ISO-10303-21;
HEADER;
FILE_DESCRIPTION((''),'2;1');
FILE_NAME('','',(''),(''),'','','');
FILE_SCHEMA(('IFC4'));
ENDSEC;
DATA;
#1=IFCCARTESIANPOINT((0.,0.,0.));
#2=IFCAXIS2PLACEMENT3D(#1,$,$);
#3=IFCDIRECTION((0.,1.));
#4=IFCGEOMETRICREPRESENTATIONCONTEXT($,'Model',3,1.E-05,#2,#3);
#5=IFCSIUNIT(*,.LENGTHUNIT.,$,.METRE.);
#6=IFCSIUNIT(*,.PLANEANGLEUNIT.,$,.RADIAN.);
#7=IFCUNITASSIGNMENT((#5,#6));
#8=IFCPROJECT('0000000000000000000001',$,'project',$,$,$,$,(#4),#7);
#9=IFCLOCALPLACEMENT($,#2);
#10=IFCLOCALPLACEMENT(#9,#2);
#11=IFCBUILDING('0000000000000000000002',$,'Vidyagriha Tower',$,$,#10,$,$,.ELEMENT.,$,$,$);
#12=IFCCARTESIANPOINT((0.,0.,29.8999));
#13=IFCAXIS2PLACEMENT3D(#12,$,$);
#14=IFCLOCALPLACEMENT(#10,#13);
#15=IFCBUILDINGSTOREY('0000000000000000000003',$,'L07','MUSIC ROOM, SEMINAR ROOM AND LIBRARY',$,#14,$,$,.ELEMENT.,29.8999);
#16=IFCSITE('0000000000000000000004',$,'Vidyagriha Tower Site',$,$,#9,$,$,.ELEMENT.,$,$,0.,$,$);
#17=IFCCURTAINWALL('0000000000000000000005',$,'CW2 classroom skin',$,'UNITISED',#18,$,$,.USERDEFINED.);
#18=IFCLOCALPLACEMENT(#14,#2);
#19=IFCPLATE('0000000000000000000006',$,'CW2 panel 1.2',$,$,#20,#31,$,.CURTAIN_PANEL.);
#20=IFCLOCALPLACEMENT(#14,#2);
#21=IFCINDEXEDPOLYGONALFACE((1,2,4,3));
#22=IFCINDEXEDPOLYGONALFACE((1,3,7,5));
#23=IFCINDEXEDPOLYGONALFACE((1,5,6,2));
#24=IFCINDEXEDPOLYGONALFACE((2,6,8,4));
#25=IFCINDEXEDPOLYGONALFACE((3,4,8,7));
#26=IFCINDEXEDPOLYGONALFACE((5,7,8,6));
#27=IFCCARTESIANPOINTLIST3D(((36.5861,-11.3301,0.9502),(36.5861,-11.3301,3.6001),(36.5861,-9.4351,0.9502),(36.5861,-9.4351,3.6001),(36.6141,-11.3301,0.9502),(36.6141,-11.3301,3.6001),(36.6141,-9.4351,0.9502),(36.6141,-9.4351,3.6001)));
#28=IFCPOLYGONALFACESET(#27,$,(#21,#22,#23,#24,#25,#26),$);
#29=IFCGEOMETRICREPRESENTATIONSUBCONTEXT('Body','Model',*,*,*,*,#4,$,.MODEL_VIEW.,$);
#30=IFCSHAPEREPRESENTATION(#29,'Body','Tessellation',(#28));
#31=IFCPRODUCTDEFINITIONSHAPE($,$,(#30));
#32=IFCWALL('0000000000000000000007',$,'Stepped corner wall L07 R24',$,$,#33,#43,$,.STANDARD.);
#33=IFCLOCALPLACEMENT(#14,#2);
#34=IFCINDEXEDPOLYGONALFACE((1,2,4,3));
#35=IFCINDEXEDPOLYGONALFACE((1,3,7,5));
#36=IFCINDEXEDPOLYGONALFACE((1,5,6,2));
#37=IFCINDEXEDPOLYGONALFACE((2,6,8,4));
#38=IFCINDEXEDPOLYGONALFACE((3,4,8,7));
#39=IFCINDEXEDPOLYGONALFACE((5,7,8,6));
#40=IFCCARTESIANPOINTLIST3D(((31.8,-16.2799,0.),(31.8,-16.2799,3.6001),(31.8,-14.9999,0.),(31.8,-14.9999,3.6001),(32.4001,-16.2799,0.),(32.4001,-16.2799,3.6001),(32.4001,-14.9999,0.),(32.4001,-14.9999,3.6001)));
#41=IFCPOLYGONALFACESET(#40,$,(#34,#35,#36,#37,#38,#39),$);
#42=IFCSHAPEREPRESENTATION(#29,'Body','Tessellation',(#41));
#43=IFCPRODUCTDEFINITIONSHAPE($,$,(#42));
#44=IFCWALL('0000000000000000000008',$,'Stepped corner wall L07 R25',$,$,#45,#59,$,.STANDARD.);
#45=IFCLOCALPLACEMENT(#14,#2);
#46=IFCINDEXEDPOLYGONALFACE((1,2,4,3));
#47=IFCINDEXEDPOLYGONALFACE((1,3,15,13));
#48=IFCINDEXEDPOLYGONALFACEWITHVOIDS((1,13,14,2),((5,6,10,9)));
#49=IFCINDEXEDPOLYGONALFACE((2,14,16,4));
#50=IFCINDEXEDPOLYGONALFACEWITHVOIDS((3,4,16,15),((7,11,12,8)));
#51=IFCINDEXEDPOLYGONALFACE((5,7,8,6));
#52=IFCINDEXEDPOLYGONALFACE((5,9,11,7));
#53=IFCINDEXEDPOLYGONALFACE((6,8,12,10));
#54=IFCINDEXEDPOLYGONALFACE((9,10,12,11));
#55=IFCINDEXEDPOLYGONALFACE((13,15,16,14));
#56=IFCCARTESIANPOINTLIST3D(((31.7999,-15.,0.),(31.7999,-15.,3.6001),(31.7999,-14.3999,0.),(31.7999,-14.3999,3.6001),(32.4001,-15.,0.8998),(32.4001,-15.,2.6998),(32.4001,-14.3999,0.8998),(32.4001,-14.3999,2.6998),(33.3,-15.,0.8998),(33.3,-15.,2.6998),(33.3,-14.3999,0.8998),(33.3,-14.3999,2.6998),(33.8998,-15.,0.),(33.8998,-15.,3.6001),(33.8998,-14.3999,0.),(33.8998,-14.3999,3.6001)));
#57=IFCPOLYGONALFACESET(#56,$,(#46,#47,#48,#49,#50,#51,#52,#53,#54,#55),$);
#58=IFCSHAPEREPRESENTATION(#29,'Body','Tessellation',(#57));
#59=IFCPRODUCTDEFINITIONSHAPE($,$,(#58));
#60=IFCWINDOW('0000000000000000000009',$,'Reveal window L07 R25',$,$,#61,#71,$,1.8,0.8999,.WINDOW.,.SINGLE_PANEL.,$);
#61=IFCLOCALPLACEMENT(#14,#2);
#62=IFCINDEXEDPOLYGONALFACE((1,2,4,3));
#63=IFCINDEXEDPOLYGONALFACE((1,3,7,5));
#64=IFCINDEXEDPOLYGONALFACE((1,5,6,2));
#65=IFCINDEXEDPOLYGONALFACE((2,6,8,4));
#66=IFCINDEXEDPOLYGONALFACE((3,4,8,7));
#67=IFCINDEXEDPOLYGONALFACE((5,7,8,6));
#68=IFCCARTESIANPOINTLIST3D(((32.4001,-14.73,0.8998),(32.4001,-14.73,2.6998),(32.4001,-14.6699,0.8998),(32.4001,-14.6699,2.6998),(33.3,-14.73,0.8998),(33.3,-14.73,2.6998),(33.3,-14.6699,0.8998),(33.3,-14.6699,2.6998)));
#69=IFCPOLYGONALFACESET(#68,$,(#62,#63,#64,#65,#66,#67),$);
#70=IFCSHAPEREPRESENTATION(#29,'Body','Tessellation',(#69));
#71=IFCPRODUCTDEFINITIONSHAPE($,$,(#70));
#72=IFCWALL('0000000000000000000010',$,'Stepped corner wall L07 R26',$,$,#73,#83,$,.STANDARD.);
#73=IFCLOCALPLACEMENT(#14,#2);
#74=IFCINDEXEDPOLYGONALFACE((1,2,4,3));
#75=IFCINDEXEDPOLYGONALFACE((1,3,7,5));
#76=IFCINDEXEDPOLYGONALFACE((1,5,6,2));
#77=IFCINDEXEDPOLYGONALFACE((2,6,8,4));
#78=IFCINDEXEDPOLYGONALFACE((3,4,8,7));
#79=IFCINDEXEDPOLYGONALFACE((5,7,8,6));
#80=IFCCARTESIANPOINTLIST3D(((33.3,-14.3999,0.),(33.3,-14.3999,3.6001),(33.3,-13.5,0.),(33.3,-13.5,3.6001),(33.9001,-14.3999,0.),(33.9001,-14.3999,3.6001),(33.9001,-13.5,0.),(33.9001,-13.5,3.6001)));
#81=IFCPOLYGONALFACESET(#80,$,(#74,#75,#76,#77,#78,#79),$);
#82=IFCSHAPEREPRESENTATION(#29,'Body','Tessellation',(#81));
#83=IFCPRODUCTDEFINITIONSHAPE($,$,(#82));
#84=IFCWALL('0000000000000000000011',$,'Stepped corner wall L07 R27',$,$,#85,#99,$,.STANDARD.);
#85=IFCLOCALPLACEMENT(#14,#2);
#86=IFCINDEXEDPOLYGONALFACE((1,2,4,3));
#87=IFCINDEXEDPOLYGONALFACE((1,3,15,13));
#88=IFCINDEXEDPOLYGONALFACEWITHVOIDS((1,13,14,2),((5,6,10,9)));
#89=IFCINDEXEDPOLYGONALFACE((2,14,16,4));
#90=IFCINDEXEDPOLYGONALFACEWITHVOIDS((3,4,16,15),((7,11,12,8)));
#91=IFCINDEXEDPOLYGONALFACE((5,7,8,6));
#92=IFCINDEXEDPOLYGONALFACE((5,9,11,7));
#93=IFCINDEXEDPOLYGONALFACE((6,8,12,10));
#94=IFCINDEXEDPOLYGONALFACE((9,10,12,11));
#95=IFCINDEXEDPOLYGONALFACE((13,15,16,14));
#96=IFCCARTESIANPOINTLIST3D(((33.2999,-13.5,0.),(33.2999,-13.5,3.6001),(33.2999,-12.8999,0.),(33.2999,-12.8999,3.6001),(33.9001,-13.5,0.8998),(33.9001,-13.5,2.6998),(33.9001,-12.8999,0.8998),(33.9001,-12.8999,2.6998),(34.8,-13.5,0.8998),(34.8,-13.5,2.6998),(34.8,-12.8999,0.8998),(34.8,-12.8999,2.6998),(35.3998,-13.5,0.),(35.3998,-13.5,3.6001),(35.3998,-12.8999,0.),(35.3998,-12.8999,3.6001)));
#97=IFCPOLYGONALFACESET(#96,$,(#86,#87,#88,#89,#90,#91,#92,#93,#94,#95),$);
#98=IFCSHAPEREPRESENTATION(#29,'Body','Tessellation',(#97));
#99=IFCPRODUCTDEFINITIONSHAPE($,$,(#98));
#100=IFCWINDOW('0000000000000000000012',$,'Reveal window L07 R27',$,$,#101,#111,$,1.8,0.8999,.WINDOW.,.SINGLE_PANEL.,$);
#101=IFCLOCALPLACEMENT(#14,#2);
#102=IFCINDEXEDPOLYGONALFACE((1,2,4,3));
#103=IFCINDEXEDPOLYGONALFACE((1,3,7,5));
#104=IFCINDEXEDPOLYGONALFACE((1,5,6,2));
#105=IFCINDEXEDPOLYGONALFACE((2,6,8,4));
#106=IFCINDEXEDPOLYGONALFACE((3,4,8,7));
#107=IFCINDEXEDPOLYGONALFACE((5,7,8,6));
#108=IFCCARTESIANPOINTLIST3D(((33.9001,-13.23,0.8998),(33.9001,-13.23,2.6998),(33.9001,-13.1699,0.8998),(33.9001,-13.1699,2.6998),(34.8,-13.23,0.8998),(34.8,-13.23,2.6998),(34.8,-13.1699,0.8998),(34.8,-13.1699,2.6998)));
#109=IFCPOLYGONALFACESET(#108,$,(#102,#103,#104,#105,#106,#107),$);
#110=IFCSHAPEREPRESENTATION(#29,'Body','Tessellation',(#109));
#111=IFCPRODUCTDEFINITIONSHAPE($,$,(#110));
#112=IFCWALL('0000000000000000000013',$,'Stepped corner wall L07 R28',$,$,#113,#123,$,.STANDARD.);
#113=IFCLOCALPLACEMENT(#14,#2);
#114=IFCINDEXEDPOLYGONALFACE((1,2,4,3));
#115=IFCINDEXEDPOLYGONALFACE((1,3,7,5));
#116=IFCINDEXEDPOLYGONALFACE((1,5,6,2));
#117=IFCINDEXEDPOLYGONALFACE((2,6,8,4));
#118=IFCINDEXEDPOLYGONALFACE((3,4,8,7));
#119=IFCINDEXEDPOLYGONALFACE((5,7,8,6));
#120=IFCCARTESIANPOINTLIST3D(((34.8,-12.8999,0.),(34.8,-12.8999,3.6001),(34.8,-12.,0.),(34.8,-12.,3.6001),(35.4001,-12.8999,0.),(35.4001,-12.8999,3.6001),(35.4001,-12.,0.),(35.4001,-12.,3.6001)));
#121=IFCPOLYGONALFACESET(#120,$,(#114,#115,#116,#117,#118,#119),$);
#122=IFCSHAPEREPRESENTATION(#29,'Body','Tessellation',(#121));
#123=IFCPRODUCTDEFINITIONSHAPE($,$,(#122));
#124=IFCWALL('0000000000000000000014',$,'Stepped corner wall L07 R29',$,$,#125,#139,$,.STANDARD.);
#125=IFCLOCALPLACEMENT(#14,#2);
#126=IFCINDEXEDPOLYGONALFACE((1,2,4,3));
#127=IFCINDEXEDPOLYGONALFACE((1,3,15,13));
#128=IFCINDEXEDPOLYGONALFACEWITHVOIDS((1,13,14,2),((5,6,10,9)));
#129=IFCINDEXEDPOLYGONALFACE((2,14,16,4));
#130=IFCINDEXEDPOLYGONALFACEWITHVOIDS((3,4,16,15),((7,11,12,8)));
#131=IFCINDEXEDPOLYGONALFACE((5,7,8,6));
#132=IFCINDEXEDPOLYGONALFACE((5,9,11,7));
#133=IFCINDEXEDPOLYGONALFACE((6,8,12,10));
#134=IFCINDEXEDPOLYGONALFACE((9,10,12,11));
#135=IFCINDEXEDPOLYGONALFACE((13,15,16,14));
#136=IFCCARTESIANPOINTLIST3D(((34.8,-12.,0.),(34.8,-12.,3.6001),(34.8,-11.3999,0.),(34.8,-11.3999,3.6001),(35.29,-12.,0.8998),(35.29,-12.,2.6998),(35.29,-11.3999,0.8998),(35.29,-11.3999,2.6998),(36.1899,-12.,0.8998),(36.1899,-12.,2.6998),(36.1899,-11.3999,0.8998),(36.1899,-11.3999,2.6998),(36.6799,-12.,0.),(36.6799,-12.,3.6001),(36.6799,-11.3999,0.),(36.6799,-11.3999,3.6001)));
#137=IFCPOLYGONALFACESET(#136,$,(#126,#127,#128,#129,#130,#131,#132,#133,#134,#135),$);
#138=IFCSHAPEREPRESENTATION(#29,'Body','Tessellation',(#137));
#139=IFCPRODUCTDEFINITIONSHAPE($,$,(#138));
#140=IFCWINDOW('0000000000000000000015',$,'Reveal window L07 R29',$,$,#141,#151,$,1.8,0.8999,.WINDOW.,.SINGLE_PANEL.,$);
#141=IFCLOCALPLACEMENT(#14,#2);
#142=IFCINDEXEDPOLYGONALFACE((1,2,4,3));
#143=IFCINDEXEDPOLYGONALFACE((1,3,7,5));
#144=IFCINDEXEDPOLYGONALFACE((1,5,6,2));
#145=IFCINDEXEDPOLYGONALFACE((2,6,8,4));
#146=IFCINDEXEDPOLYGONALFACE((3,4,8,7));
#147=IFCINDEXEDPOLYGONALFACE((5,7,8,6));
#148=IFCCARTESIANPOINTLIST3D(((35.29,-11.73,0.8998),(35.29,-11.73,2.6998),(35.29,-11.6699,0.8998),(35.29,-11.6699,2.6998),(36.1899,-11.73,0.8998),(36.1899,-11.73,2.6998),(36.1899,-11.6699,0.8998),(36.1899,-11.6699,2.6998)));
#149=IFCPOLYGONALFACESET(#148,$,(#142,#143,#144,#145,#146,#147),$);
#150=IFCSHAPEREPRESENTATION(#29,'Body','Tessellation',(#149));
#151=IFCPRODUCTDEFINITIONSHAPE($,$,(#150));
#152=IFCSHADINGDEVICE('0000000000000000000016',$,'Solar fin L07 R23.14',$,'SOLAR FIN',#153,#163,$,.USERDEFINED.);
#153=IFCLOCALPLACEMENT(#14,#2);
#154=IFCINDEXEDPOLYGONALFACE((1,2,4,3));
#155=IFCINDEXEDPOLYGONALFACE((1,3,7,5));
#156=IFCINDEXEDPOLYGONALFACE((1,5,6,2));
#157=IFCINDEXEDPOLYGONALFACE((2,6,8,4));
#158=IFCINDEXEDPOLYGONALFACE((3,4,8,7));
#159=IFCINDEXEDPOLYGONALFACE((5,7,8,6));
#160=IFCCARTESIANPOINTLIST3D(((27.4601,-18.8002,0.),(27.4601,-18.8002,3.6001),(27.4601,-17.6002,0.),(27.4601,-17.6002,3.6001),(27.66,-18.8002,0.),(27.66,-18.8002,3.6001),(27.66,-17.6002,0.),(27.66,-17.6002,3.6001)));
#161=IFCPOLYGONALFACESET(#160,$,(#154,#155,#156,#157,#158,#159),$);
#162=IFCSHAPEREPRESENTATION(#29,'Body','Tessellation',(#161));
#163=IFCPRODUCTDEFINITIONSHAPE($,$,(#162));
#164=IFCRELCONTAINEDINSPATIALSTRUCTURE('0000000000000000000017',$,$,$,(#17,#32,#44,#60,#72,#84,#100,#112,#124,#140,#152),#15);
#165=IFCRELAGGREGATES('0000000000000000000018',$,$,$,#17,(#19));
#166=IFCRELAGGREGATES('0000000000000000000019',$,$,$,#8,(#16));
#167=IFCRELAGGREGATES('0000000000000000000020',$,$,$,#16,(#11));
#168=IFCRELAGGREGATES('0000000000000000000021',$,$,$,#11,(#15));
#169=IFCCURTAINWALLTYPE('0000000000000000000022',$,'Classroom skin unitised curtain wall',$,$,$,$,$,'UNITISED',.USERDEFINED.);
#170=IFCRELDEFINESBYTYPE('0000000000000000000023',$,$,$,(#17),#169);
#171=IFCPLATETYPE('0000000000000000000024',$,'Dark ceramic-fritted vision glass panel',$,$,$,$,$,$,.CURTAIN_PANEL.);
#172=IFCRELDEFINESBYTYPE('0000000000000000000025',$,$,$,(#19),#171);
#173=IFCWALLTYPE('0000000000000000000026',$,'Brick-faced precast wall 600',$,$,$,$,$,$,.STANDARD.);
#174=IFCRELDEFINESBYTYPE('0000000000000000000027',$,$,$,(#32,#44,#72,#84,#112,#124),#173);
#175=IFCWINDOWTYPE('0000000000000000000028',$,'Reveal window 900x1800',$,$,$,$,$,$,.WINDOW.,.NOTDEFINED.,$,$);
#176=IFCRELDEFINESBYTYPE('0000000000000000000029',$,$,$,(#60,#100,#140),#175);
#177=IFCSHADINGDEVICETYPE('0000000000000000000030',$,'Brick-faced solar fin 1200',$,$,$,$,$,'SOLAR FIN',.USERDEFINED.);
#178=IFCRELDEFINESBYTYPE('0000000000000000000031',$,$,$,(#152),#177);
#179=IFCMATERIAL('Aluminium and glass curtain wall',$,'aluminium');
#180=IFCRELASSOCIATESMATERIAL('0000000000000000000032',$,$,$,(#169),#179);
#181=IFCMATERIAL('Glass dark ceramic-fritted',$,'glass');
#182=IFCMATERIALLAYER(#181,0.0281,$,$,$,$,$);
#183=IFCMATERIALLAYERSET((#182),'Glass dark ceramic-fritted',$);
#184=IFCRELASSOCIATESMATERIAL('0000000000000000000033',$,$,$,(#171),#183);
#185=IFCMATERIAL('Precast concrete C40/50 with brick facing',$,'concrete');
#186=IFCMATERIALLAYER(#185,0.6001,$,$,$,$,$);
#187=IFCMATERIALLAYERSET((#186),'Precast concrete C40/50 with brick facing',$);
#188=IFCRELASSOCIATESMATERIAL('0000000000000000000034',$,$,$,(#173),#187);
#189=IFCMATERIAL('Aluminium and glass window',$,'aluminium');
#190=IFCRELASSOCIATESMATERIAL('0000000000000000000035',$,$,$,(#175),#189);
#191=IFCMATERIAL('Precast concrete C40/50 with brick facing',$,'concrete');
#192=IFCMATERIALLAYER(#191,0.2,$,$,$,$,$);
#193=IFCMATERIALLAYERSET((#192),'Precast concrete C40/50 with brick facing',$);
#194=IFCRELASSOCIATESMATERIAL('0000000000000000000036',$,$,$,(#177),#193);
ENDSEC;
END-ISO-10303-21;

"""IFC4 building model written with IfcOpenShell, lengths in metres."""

from ifc_helpers import new_model, si_unit, direction, frame, frame_2d, origin, origin_2d, place, context, subcontext, project, spatial, rectangle, extrude, material, layer, layer_set, type_object, element, fill, aggregate, save


model = new_model("IFC4")

# Units and contexts
model_context = context("Model", 3, precision=1e-05, world=origin(), true_north=direction((0.0, 1.0)))
body_context = subcontext(model_context, "Body", "Model", "MODEL_VIEW")
ifc_project = project(units=[si_unit("LENGTHUNIT", "METRE"), si_unit("PLANEANGLEUNIT", "RADIAN")], contexts=[model_context])

# Site, building, storey
site_placement = place(None, origin())
site = spatial("IfcSite", under=ifc_project, at=site_placement, Name="Vidyagriha Tower Site", CompositionType="ELEMENT", RefElevation=0.0)
building_placement = place(site_placement, origin())
building = spatial("IfcBuilding", under=site, at=building_placement, Name="Vidyagriha Tower", CompositionType="ELEMENT")
storey_placement = place(building_placement, frame((0.0, 0.0, 29.8999)))
storey = spatial("IfcBuildingStorey", under=building, at=storey_placement, Name="L07", Description="MUSIC ROOM, SEMINAR ROOM AND LIBRARY", CompositionType="ELEMENT", Elevation=29.8999)

# Curtain wall
ifc_material_1 = material(Name="Aluminium and glass curtain wall", Category="aluminium")
curtain_wall_type = type_object("IfcCurtainWallType", Name="Classroom skin unitised curtain wall", ElementType="UNITISED", PredefinedType="USERDEFINED", material=ifc_material_1)
curtain_wall_1_placement = place(storey_placement, origin())
curtain_wall_1 = element("IfcCurtainWall", 1, at=curtain_wall_1_placement, inside=storey, type_object=curtain_wall_type, Name="CW2 classroom skin", ObjectType="UNITISED", PredefinedType="USERDEFINED")

# Plate
ifc_material_2 = material(Name="Glass dark ceramic-fritted", Category="glass")
ifc_layer_1 = layer(ifc_material_2, 0.0281)
ifc_layer_set_1 = layer_set([ifc_layer_1], Name="Glass dark ceramic-fritted")
plate_type_1 = type_object("IfcPlateType", Name="Dark ceramic-fritted vision glass panel", PredefinedType="CURTAIN_PANEL", material=ifc_layer_set_1)
plate_1_placement = place(storey_placement, frame((36.6001, -10.3826, 0.9502), z_axis=(0.0, 0.0, 1.0), x_axis=(0.0, 1.0, 0.0)))
plate_1 = element("IfcPlate", 2, at=plate_1_placement, type_object=plate_type_1, Name="CW2 panel 1.2", PredefinedType="CURTAIN_PANEL", context=body_context, shape_type="SweptSolid", body=[
    extrude(rectangle(XDim=1.895, YDim=0.0281, at=origin_2d()), origin(), (0.0, 0.0, 1.0), 2.6499),
])
aggregate(curtain_wall_1, [plate_1])

# Wall
ifc_material_3 = material(Name="Precast concrete C40/50 with brick facing", Category="concrete")
ifc_layer_2 = layer(ifc_material_3, 0.6001)
ifc_layer_set_2 = layer_set([ifc_layer_2], Name="Precast concrete C40/50 with brick facing")
wall_type = type_object("IfcWallType", Name="Brick-faced precast wall 600", PredefinedType="STANDARD", material=ifc_layer_set_2)
wall_1_placement = place(storey_placement, frame((32.1001, -16.28, 0.0), z_axis=(0.0, 0.0, 1.0), x_axis=(0.0, 1.0, 0.0)))
element("IfcWall", 3, at=wall_1_placement, inside=storey, type_object=wall_type, Name="Stepped corner wall L07 R24", PredefinedType="STANDARD", context=body_context, shape_type="SweptSolid", body=[
    extrude(rectangle(XDim=1.28, YDim=0.6001, at=frame_2d((0.6401, 0.0))), origin(), (0.0, 0.0, 1.0), 3.6001),
])

# Wall, opening, window
wall_2_placement = place(storey_placement, frame((31.8, -14.7, 0.0)))
wall_2 = element("IfcWall", 4, at=wall_2_placement, inside=storey, type_object=wall_type, Name="Stepped corner wall L07 R25", PredefinedType="STANDARD", context=body_context, shape_type="SweptSolid", body=[
    extrude(rectangle(XDim=2.0999, YDim=0.6001, at=frame_2d((1.0498, 0.0))), origin(), (0.0, 0.0, 1.0), 3.6001),
])
opening_1_placement = place(wall_2_placement, frame((0.6001, 0.0, 0.8999)))
opening_1 = element("IfcOpeningElement", 5, at=opening_1_placement, cuts=wall_2, PredefinedType="OPENING", context=body_context, shape_type="SweptSolid", body=[
    extrude(rectangle(XDim=0.8999, YDim=1.8, at=frame_2d((0.45, 0.8999))), frame((0.0, 0.3101, 0.0), z_axis=(0.0, -1.0, 0.0), x_axis=(1.0, 0.0, 0.0)), (0.0, 0.0, 1.0), 0.6201),
])
ifc_material_4 = material(Name="Aluminium and glass window", Category="aluminium")
window_type = type_object("IfcWindowType", Name="Reveal window 900x1800", PartitioningType="NOTDEFINED", PredefinedType="WINDOW", material=ifc_material_4)
window_1_placement = place(opening_1_placement, origin())
window_1 = element("IfcWindow", 6, at=window_1_placement, inside=storey, type_object=window_type, Name="Reveal window L07 R25", OverallHeight=1.8, OverallWidth=0.8999, PartitioningType="SINGLE_PANEL", PredefinedType="WINDOW", context=body_context, shape_type="SweptSolid", body=[
    extrude(rectangle(XDim=0.8999, YDim=1.8, at=frame_2d((0.45, 0.8999))), frame((0.0, 0.03, 0.0), z_axis=(0.0, -1.0, 0.0), x_axis=(1.0, 0.0, 0.0)), (0.0, 0.0, 1.0), 0.0601),
])
fill(opening_1, window_1)

# Wall
wall_3_placement = place(storey_placement, frame((33.6001, -14.3999, 0.0), z_axis=(0.0, 0.0, 1.0), x_axis=(0.0, 1.0, 0.0)))
element("IfcWall", 7, at=wall_3_placement, inside=storey, type_object=wall_type, Name="Stepped corner wall L07 R26", PredefinedType="STANDARD", context=body_context, shape_type="SweptSolid", body=[
    extrude(rectangle(XDim=0.8999, YDim=0.6001, at=frame_2d((0.45, 0.0))), origin(), (0.0, 0.0, 1.0), 3.6001),
])

# Wall, opening, window
wall_4_placement = place(storey_placement, frame((33.3, -13.2, 0.0)))
wall_4 = element("IfcWall", 8, at=wall_4_placement, inside=storey, type_object=wall_type, Name="Stepped corner wall L07 R27", PredefinedType="STANDARD", context=body_context, shape_type="SweptSolid", body=[
    extrude(rectangle(XDim=2.0999, YDim=0.6001, at=frame_2d((1.0498, 0.0))), origin(), (0.0, 0.0, 1.0), 3.6001),
])
opening_2_placement = place(wall_4_placement, frame((0.6001, 0.0, 0.8999)))
opening_2 = element("IfcOpeningElement", 9, at=opening_2_placement, cuts=wall_4, PredefinedType="OPENING", context=body_context, shape_type="SweptSolid", body=[
    extrude(rectangle(XDim=0.8999, YDim=1.8, at=frame_2d((0.45, 0.8999))), frame((0.0, 0.3101, 0.0), z_axis=(0.0, -1.0, 0.0), x_axis=(1.0, 0.0, 0.0)), (0.0, 0.0, 1.0), 0.6201),
])
window_2_placement = place(opening_2_placement, origin())
window_2 = element("IfcWindow", 10, at=window_2_placement, inside=storey, type_object=window_type, Name="Reveal window L07 R27", OverallHeight=1.8, OverallWidth=0.8999, PartitioningType="SINGLE_PANEL", PredefinedType="WINDOW", context=body_context, shape_type="SweptSolid", body=[
    extrude(rectangle(XDim=0.8999, YDim=1.8, at=frame_2d((0.45, 0.8999))), frame((0.0, 0.03, 0.0), z_axis=(0.0, -1.0, 0.0), x_axis=(1.0, 0.0, 0.0)), (0.0, 0.0, 1.0), 0.0601),
])
fill(opening_2, window_2)

# Wall
wall_5_placement = place(storey_placement, frame((35.1001, -12.8999, 0.0), z_axis=(0.0, 0.0, 1.0), x_axis=(0.0, 1.0, 0.0)))
element("IfcWall", 11, at=wall_5_placement, inside=storey, type_object=wall_type, Name="Stepped corner wall L07 R28", PredefinedType="STANDARD", context=body_context, shape_type="SweptSolid", body=[
    extrude(rectangle(XDim=0.8999, YDim=0.6001, at=frame_2d((0.45, 0.0))), origin(), (0.0, 0.0, 1.0), 3.6001),
])

# Wall, opening, window
wall_6_placement = place(storey_placement, frame((34.8, -11.7, 0.0)))
wall_6 = element("IfcWall", 12, at=wall_6_placement, inside=storey, type_object=wall_type, Name="Stepped corner wall L07 R29", PredefinedType="STANDARD", context=body_context, shape_type="SweptSolid", body=[
    extrude(rectangle(XDim=1.8799, YDim=0.6001, at=frame_2d((0.9399, 0.0))), origin(), (0.0, 0.0, 1.0), 3.6001),
])
opening_3_placement = place(wall_6_placement, frame((0.49, 0.0, 0.8999)))
opening_3 = element("IfcOpeningElement", 13, at=opening_3_placement, cuts=wall_6, PredefinedType="OPENING", context=body_context, shape_type="SweptSolid", body=[
    extrude(rectangle(XDim=0.8999, YDim=1.8, at=frame_2d((0.45, 0.8999))), frame((0.0, 0.3101, 0.0), z_axis=(0.0, -1.0, 0.0), x_axis=(1.0, 0.0, 0.0)), (0.0, 0.0, 1.0), 0.6201),
])
window_3_placement = place(opening_3_placement, origin())
window_3 = element("IfcWindow", 14, at=window_3_placement, inside=storey, type_object=window_type, Name="Reveal window L07 R29", OverallHeight=1.8, OverallWidth=0.8999, PartitioningType="SINGLE_PANEL", PredefinedType="WINDOW", context=body_context, shape_type="SweptSolid", body=[
    extrude(rectangle(XDim=0.8999, YDim=1.8, at=frame_2d((0.45, 0.8999))), frame((0.0, 0.03, 0.0), z_axis=(0.0, -1.0, 0.0), x_axis=(1.0, 0.0, 0.0)), (0.0, 0.0, 1.0), 0.0601),
])
fill(opening_3, window_3)

# Shading device
ifc_material_5 = material(Name="Precast concrete C40/50 with brick facing", Category="concrete")
ifc_layer_3 = layer(ifc_material_5, 0.2)
ifc_layer_set_3 = layer_set([ifc_layer_3], Name="Precast concrete C40/50 with brick facing")
shading_device_type = type_object("IfcShadingDeviceType", Name="Brick-faced solar fin 1200", ElementType="SOLAR FIN", PredefinedType="USERDEFINED", material=ifc_layer_set_3)
shading_device_placement = place(storey_placement, frame((27.5601, -17.6001, 0.0), z_axis=(0.0, 0.0, 1.0), x_axis=(0.0, -1.0, 0.0)))
element("IfcShadingDevice", 15, at=shading_device_placement, inside=storey, type_object=shading_device_type, Name="Solar fin L07 R23.14", ObjectType="SOLAR FIN", PredefinedType="USERDEFINED", context=body_context, shape_type="SweptSolid", body=[
    extrude(rectangle(XDim=1.2, YDim=0.2, at=frame_2d((0.6001, 0.0))), origin(), (0.0, 0.0, 1.0), 3.6001),
])

save(model, "model.ifc")
